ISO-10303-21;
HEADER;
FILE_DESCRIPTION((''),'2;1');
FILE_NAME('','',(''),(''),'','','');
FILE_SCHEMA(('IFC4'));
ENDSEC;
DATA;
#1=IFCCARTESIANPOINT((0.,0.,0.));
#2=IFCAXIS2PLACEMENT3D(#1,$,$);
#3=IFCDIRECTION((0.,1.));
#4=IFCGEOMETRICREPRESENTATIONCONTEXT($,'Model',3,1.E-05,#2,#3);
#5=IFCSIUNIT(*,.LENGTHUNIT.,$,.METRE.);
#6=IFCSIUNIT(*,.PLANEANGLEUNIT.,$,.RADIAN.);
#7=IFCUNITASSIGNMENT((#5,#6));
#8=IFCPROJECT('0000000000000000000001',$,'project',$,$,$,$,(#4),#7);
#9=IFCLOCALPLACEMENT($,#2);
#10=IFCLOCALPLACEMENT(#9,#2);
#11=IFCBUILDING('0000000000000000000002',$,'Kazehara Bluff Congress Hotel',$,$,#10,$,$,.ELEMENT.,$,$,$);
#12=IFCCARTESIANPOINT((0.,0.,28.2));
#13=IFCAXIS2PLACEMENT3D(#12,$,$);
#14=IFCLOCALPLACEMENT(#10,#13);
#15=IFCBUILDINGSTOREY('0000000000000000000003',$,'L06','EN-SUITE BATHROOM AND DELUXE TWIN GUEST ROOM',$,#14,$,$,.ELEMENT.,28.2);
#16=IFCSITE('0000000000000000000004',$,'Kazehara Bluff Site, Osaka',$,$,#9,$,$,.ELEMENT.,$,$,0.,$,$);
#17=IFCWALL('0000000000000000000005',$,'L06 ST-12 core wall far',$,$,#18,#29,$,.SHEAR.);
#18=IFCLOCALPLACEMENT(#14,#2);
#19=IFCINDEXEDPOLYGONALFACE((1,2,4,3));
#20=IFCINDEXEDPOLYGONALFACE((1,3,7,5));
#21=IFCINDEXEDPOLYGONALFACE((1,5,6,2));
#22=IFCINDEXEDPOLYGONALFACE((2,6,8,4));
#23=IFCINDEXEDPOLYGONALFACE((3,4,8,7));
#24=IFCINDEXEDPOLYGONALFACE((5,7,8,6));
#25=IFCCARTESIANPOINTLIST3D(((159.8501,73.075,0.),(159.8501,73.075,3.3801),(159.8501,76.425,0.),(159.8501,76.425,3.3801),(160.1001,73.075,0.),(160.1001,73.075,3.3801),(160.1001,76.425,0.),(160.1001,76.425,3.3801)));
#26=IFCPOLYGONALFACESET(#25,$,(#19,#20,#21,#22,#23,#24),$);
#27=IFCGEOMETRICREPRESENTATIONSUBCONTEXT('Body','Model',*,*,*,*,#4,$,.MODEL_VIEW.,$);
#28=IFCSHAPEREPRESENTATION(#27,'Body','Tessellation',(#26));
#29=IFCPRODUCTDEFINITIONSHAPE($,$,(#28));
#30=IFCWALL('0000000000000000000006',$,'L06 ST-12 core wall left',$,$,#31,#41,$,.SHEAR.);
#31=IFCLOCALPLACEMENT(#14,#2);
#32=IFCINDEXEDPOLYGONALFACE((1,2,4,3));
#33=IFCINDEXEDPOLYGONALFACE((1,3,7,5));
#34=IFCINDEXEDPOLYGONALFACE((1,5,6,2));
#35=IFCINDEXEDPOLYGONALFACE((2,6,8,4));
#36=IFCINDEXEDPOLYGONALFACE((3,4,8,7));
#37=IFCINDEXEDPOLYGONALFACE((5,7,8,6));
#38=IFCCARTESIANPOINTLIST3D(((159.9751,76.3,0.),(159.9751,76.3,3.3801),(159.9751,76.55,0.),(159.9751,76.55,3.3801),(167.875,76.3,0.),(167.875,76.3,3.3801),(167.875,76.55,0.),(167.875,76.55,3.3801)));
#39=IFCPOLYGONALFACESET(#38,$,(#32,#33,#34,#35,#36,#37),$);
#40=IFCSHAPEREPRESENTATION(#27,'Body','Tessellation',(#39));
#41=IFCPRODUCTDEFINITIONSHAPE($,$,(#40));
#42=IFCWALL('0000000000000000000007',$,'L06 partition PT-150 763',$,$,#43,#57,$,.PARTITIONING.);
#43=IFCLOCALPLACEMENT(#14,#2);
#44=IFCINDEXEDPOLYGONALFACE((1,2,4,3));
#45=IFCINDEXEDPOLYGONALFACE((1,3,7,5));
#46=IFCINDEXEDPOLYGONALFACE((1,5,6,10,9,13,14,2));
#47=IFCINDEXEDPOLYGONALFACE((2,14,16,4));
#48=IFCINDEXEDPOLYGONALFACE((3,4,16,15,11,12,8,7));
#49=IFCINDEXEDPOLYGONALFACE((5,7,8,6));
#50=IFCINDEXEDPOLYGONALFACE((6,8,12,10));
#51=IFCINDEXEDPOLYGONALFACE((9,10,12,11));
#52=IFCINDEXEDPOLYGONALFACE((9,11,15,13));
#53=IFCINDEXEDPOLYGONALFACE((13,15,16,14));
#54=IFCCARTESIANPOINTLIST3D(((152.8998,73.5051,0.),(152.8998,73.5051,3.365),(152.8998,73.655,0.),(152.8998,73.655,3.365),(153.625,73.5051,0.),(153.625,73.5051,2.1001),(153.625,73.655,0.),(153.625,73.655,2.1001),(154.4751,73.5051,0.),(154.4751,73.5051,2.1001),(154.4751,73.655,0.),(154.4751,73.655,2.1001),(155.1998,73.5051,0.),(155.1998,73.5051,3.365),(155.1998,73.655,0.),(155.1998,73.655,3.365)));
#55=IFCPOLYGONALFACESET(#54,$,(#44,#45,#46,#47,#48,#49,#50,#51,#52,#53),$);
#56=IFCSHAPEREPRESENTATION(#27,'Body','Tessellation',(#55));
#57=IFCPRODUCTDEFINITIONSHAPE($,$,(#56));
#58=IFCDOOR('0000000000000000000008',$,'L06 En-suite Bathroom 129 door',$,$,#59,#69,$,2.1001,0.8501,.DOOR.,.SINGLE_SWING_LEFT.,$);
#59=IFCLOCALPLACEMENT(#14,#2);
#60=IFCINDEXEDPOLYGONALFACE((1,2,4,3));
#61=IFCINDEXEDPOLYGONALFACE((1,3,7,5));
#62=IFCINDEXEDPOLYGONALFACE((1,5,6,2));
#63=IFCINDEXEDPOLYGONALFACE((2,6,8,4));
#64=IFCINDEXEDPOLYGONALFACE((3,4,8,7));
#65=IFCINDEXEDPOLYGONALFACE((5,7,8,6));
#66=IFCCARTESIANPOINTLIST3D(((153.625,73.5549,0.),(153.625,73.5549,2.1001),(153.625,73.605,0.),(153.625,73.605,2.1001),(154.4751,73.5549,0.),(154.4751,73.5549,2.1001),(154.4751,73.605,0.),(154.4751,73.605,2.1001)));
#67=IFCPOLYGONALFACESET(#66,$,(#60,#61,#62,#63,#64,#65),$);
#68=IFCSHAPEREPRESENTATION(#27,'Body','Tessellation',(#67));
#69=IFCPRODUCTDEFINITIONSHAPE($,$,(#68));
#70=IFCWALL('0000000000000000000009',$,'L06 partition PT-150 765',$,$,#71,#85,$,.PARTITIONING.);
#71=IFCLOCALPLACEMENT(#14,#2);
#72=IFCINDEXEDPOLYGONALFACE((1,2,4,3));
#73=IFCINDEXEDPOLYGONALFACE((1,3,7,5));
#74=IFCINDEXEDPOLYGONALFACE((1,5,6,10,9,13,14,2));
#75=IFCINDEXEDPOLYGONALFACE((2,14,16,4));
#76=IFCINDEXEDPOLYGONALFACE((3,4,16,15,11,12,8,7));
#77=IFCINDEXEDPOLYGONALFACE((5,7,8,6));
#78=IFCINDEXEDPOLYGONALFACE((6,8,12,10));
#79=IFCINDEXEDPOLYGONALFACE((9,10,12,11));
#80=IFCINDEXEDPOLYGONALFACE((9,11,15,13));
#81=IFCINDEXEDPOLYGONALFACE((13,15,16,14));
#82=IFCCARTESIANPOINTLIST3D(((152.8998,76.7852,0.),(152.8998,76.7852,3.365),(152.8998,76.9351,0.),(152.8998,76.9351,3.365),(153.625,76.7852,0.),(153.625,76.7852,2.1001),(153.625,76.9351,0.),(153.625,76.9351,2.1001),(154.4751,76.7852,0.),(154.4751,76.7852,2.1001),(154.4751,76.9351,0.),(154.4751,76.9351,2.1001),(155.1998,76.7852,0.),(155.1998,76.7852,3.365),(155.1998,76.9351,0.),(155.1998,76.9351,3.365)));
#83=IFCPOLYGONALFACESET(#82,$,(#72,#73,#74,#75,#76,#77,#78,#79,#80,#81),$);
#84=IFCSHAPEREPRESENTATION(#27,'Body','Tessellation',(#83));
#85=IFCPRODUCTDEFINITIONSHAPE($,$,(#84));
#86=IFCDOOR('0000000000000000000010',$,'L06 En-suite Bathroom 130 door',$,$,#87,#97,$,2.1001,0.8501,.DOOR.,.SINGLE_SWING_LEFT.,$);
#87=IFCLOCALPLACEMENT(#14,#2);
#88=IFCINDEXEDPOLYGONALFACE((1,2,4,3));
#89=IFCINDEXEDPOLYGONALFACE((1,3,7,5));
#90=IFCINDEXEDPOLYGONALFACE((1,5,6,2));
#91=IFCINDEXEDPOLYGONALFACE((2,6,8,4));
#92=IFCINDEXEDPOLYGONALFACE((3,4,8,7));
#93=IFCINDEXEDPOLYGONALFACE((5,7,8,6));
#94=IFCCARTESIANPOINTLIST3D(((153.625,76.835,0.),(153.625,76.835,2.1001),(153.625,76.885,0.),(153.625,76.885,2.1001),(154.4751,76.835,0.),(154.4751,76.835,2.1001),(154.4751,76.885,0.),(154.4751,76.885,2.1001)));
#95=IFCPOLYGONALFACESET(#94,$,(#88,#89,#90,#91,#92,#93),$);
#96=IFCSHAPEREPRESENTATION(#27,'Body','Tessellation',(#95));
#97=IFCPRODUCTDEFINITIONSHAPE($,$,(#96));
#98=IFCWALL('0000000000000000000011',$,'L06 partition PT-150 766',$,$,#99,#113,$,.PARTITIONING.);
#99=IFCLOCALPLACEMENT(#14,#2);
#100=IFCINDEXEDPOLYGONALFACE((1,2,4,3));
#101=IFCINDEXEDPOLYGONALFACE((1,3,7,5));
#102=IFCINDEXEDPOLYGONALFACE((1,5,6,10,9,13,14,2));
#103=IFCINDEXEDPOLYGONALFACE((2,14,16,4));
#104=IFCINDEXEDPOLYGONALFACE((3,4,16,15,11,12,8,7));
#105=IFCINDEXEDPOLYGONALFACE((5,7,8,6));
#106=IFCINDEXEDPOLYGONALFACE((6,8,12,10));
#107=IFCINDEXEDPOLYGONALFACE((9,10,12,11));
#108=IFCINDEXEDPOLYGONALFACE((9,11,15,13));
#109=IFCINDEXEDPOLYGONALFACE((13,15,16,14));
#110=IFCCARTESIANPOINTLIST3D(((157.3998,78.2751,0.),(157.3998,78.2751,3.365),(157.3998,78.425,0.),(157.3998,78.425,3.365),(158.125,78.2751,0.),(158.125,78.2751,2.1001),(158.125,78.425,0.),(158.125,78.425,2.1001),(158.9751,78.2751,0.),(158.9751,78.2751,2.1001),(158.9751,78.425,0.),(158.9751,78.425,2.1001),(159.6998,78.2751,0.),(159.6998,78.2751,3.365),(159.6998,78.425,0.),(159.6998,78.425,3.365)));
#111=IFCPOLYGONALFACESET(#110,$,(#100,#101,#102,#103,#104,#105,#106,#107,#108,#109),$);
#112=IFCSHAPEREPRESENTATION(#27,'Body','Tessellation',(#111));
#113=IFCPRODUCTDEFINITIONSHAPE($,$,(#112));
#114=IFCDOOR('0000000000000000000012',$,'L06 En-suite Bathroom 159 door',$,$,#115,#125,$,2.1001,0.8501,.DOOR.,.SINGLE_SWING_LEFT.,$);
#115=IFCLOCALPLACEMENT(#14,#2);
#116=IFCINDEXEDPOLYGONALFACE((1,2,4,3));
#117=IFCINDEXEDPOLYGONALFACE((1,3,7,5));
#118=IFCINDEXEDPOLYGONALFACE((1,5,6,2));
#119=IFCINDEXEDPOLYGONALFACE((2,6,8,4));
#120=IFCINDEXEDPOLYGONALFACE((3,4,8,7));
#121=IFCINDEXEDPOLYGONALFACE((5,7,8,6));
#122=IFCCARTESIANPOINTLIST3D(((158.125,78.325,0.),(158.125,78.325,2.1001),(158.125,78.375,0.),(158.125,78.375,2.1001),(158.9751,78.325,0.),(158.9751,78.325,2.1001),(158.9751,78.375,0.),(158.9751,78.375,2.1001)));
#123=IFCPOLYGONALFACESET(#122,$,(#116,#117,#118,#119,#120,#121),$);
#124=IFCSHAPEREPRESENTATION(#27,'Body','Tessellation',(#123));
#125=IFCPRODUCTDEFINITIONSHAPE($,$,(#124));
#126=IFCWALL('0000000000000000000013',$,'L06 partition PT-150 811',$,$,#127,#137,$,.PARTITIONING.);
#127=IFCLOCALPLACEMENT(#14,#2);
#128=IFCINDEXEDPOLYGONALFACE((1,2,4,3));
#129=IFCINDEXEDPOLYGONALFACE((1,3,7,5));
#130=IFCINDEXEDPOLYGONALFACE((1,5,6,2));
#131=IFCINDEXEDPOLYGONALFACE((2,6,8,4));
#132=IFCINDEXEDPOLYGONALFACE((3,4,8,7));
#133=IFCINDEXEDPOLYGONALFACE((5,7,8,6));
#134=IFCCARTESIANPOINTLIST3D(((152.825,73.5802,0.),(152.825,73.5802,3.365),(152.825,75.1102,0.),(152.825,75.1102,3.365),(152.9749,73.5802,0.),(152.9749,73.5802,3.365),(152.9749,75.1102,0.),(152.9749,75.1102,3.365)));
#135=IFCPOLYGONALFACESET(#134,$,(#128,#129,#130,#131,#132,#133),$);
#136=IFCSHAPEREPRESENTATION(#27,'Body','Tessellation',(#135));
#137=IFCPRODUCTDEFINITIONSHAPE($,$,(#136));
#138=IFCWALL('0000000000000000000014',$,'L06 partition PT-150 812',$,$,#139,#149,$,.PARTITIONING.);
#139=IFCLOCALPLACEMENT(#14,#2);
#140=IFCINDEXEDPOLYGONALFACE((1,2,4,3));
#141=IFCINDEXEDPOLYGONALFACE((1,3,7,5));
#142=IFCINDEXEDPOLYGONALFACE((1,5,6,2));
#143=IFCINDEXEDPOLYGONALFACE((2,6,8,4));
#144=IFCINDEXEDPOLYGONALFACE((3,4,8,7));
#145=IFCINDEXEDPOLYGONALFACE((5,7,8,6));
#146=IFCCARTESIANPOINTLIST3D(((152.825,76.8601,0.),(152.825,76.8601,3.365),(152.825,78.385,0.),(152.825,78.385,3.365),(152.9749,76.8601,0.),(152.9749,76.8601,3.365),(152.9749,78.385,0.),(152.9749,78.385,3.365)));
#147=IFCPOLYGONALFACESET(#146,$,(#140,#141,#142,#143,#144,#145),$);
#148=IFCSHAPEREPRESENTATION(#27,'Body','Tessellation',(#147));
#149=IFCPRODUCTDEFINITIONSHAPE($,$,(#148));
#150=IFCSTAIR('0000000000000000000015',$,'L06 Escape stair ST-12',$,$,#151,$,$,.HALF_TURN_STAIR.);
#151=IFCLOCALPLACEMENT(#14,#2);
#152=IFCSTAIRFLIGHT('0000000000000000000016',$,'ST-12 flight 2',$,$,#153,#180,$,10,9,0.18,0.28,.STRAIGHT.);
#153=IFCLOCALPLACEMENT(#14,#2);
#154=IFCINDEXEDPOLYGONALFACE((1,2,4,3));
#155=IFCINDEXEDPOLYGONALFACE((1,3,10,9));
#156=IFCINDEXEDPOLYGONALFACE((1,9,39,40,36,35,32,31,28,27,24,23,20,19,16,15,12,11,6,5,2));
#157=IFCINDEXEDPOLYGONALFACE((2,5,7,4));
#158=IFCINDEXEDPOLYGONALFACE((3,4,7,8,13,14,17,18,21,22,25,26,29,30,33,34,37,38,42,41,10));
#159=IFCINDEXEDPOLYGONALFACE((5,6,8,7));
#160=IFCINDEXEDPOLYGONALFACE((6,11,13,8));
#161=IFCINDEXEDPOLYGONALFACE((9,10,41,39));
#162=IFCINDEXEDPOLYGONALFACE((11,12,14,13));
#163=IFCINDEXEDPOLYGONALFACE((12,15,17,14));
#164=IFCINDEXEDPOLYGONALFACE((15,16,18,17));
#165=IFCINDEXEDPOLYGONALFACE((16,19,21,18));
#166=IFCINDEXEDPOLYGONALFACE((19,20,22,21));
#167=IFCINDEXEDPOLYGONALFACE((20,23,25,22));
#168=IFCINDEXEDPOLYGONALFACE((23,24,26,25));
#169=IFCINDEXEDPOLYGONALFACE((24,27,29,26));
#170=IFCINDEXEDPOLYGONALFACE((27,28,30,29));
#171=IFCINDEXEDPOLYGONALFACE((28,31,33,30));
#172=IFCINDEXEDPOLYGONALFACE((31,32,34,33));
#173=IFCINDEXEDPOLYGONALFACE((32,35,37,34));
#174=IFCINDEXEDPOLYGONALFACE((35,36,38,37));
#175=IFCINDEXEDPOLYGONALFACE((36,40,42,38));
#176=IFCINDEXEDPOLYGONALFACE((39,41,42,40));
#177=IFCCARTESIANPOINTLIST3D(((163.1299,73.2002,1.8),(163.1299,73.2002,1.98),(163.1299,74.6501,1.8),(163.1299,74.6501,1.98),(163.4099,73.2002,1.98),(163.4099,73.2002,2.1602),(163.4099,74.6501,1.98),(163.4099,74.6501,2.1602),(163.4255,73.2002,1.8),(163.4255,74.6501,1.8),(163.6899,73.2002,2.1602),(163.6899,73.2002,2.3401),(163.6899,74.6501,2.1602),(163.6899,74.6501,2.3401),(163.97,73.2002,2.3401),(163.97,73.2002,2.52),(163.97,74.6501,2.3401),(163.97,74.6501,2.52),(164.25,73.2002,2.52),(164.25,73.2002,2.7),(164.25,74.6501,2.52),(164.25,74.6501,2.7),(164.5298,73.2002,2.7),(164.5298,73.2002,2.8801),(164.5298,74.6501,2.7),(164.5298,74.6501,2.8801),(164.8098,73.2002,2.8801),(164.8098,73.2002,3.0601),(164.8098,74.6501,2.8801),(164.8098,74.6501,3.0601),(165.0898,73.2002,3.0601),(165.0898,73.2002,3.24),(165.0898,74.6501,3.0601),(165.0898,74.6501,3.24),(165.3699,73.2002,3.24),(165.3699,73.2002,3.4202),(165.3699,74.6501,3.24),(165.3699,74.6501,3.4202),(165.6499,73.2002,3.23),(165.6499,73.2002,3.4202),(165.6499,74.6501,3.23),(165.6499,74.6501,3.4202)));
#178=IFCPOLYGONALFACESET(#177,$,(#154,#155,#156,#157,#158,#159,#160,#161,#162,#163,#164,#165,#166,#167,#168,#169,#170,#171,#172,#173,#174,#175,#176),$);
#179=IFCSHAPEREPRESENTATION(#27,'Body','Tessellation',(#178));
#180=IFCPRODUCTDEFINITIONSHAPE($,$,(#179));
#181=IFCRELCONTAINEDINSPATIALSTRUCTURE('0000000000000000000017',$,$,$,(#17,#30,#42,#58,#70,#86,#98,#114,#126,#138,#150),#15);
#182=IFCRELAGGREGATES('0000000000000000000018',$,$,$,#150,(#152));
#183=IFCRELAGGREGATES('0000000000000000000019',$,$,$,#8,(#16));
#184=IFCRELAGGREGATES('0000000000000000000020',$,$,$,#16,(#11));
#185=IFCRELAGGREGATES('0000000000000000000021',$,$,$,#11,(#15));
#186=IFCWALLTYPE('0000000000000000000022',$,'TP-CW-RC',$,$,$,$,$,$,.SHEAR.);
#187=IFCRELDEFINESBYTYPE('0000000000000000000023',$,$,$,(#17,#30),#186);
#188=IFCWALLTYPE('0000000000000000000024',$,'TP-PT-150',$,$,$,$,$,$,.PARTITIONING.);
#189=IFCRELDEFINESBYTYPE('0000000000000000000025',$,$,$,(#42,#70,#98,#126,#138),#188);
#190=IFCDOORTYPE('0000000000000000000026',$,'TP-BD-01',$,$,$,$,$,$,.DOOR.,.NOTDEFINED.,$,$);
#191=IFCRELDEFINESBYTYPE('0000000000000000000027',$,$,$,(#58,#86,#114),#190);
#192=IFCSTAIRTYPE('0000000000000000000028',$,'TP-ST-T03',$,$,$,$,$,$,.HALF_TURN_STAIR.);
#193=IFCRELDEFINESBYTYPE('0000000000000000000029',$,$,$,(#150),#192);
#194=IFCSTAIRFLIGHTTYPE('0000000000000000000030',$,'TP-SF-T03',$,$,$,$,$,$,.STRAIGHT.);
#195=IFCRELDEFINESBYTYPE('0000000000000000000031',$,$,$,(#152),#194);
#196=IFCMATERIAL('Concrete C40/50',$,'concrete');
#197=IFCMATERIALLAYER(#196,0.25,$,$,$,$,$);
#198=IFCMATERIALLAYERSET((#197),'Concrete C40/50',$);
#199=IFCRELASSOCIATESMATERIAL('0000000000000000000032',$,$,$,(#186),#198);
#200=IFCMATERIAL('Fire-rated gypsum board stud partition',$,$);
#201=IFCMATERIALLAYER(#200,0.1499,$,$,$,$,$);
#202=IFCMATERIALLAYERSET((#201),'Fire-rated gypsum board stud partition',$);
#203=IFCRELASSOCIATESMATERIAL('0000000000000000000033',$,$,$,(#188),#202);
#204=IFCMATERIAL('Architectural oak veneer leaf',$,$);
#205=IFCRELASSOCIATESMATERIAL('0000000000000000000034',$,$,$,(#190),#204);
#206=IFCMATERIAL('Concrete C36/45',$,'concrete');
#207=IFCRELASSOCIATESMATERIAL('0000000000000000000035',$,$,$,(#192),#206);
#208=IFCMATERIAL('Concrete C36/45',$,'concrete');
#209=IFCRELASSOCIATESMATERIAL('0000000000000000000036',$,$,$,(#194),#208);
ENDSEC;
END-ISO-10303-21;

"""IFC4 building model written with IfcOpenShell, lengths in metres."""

from ifc_helpers import new_model, si_unit, direction, frame, frame_2d, origin, place, context, subcontext, project, spatial, polyline, rectangle, outline, extrude, material, layer, layer_set, type_object, element, fill, aggregate, save


model = new_model("IFC4")

# Units and contexts
model_context = context("Model", 3, precision=1e-05, world=origin(), true_north=direction((0.0, 1.0)))
body_context = subcontext(model_context, "Body", "Model", "MODEL_VIEW")
ifc_project = project(units=[si_unit("LENGTHUNIT", "METRE"), si_unit("PLANEANGLEUNIT", "RADIAN")], contexts=[model_context])

# Site, building, storey
site_placement = place(None, origin())
site = spatial("IfcSite", under=ifc_project, at=site_placement, Name="Kazehara Bluff Site, Osaka", CompositionType="ELEMENT", RefElevation=0.0)
building_placement = place(site_placement, origin())
building = spatial("IfcBuilding", under=site, at=building_placement, Name="Kazehara Bluff Congress Hotel", CompositionType="ELEMENT")
storey_placement = place(building_placement, frame((0.0, 0.0, 28.2)))
storey = spatial("IfcBuildingStorey", under=building, at=storey_placement, Name="L06", Description="EN-SUITE BATHROOM AND DELUXE TWIN GUEST ROOM", CompositionType="ELEMENT", Elevation=28.2)

# Walls
ifc_material_1 = material(Name="Concrete C40/50", Category="concrete")
ifc_layer_1 = layer(ifc_material_1, 0.25)
ifc_layer_set_1 = layer_set([ifc_layer_1], Name="Concrete C40/50")
wall_type_1 = type_object("IfcWallType", Name="TP-CW-RC", PredefinedType="SHEAR", material=ifc_layer_set_1)
wall_1_placement = place(storey_placement, frame((159.9751, 73.075, 0.0), z_axis=(0.0, 0.0, 1.0), x_axis=(0.0, 1.0, 0.0)))
element("IfcWall", 1, at=wall_1_placement, inside=storey, type_object=wall_type_1, Name="L06 ST-12 core wall far", PredefinedType="SHEAR", context=body_context, shape_type="SweptSolid", body=[
    extrude(rectangle(XDim=3.3501, YDim=0.25, at=frame_2d((1.675, 0.0))), origin(), (0.0, 0.0, 1.0), 3.3801),
])
wall_2_placement = place(storey_placement, frame((159.9751, 76.425, 0.0), z_axis=(0.0, 0.0, 1.0), x_axis=(1.0, 0.0, 0.0)))
element("IfcWall", 2, at=wall_2_placement, inside=storey, type_object=wall_type_1, Name="L06 ST-12 core wall left", PredefinedType="SHEAR", context=body_context, shape_type="SweptSolid", body=[
    extrude(rectangle(XDim=7.8999, YDim=0.25, at=frame_2d((3.95, 0.0))), origin(), (0.0, 0.0, 1.0), 3.3801),
])

# Walls, openings, doors
ifc_material_2 = material(Name="Fire-rated gypsum board stud partition")
ifc_layer_2 = layer(ifc_material_2, 0.1499)
ifc_layer_set_2 = layer_set([ifc_layer_2], Name="Fire-rated gypsum board stud partition")
wall_type_2 = type_object("IfcWallType", Name="TP-PT-150", PredefinedType="PARTITIONING", material=ifc_layer_set_2)
wall_3_placement = place(storey_placement, frame((152.8999, 73.5801, 0.0), z_axis=(0.0, 0.0, 1.0), x_axis=(1.0, 0.0, 0.0)))
wall_3 = element("IfcWall", 3, at=wall_3_placement, inside=storey, type_object=wall_type_2, Name="L06 partition PT-150 763", PredefinedType="PARTITIONING", context=body_context, shape_type="SweptSolid", body=[
    extrude(rectangle(XDim=2.3, YDim=0.1499, at=frame_2d((1.1499, 0.0))), origin(), (0.0, 0.0, 1.0), 3.365),
])
opening_1_placement = place(wall_3_placement, frame((0.7251, 0.0, 0.0)))
opening_1 = element("IfcOpeningElement", 4, at=opening_1_placement, cuts=wall_3, PredefinedType="OPENING", context=body_context, shape_type="SweptSolid", body=[
    extrude(rectangle(XDim=0.8501, YDim=2.1001, at=frame_2d((0.425, 1.05))), frame((0.0, 0.085, 0.0), z_axis=(0.0, -1.0, 0.0), x_axis=(1.0, 0.0, 0.0)), (0.0, 0.0, 1.0), 0.1699),
])
ifc_material_3 = material(Name="Architectural oak veneer leaf")
door_type_1 = type_object("IfcDoorType", Name="TP-BD-01", OperationType="NOTDEFINED", PredefinedType="DOOR", material=ifc_material_3)
door_1_placement = place(opening_1_placement, origin())
door_1 = element("IfcDoor", 5, at=door_1_placement, inside=storey, type_object=door_type_1, Name="L06 En-suite Bathroom 129 door", OperationType="SINGLE_SWING_LEFT", OverallHeight=2.1001, OverallWidth=0.8501, PredefinedType="DOOR", context=body_context, shape_type="SweptSolid", body=[
    extrude(rectangle(XDim=0.8501, YDim=2.1001, at=frame_2d((0.425, 1.05))), frame((0.0, 0.0249, 0.0), z_axis=(0.0, -1.0, 0.0), x_axis=(1.0, 0.0, 0.0)), (0.0, 0.0, 1.0), 0.05),
])
fill(opening_1, door_1)
wall_4_placement = place(storey_placement, frame((152.8999, 76.8601, 0.0), z_axis=(0.0, 0.0, 1.0), x_axis=(1.0, 0.0, 0.0)))
wall_4 = element("IfcWall", 6, at=wall_4_placement, inside=storey, type_object=wall_type_2, Name="L06 partition PT-150 765", PredefinedType="PARTITIONING", context=body_context, shape_type="SweptSolid", body=[
    extrude(rectangle(XDim=2.3, YDim=0.1499, at=frame_2d((1.1499, 0.0))), origin(), (0.0, 0.0, 1.0), 3.365),
])
opening_2_placement = place(wall_4_placement, frame((0.7251, 0.0, 0.0)))
opening_2 = element("IfcOpeningElement", 7, at=opening_2_placement, cuts=wall_4, PredefinedType="OPENING", context=body_context, shape_type="SweptSolid", body=[
    extrude(rectangle(XDim=0.8501, YDim=2.1001, at=frame_2d((0.425, 1.05))), frame((0.0, 0.085, 0.0), z_axis=(0.0, -1.0, 0.0), x_axis=(1.0, 0.0, 0.0)), (0.0, 0.0, 1.0), 0.1699),
])
door_2_placement = place(opening_2_placement, origin())
door_2 = element("IfcDoor", 8, at=door_2_placement, inside=storey, type_object=door_type_1, Name="L06 En-suite Bathroom 130 door", OperationType="SINGLE_SWING_LEFT", OverallHeight=2.1001, OverallWidth=0.8501, PredefinedType="DOOR", context=body_context, shape_type="SweptSolid", body=[
    extrude(rectangle(XDim=0.8501, YDim=2.1001, at=frame_2d((0.425, 1.05))), frame((0.0, 0.0249, 0.0), z_axis=(0.0, -1.0, 0.0), x_axis=(1.0, 0.0, 0.0)), (0.0, 0.0, 1.0), 0.05),
])
fill(opening_2, door_2)
wall_5_placement = place(storey_placement, frame((157.3999, 78.3501, 0.0), z_axis=(0.0, 0.0, 1.0), x_axis=(1.0, 0.0, 0.0)))
wall_5 = element("IfcWall", 9, at=wall_5_placement, inside=storey, type_object=wall_type_2, Name="L06 partition PT-150 766", PredefinedType="PARTITIONING", context=body_context, shape_type="SweptSolid", body=[
    extrude(rectangle(XDim=2.3, YDim=0.1499, at=frame_2d((1.1499, 0.0))), origin(), (0.0, 0.0, 1.0), 3.365),
])
opening_3_placement = place(wall_5_placement, frame((0.7251, 0.0, 0.0)))
opening_3 = element("IfcOpeningElement", 10, at=opening_3_placement, cuts=wall_5, PredefinedType="OPENING", context=body_context, shape_type="SweptSolid", body=[
    extrude(rectangle(XDim=0.8501, YDim=2.1001, at=frame_2d((0.425, 1.05))), frame((0.0, 0.085, 0.0), z_axis=(0.0, -1.0, 0.0), x_axis=(1.0, 0.0, 0.0)), (0.0, 0.0, 1.0), 0.1699),
])
door_3_placement = place(opening_3_placement, origin())
door_3 = element("IfcDoor", 11, at=door_3_placement, inside=storey, type_object=door_type_1, Name="L06 En-suite Bathroom 159 door", OperationType="SINGLE_SWING_LEFT", OverallHeight=2.1001, OverallWidth=0.8501, PredefinedType="DOOR", context=body_context, shape_type="SweptSolid", body=[
    extrude(rectangle(XDim=0.8501, YDim=2.1001, at=frame_2d((0.425, 1.05))), frame((0.0, 0.0249, 0.0), z_axis=(0.0, -1.0, 0.0), x_axis=(1.0, 0.0, 0.0)), (0.0, 0.0, 1.0), 0.05),
])
fill(opening_3, door_3)

# Walls
wall_6_placement = place(storey_placement, frame((152.8999, 73.5801, 0.0), z_axis=(0.0, 0.0, 1.0), x_axis=(0.0, 1.0, 0.0)))
element("IfcWall", 12, at=wall_6_placement, inside=storey, type_object=wall_type_2, Name="L06 partition PT-150 811", PredefinedType="PARTITIONING", context=body_context, shape_type="SweptSolid", body=[
    extrude(rectangle(XDim=1.53, YDim=0.1499, at=frame_2d((0.7651, 0.0))), origin(), (0.0, 0.0, 1.0), 3.365),
])
wall_7_placement = place(storey_placement, frame((152.8999, 76.8601, 0.0), z_axis=(0.0, 0.0, 1.0), x_axis=(0.0, 1.0, 0.0)))
element("IfcWall", 13, at=wall_7_placement, inside=storey, type_object=wall_type_2, Name="L06 partition PT-150 812", PredefinedType="PARTITIONING", context=body_context, shape_type="SweptSolid", body=[
    extrude(rectangle(XDim=1.5249, YDim=0.1499, at=frame_2d((0.7625, 0.0))), origin(), (0.0, 0.0, 1.0), 3.365),
])

# Stair, stair flight
ifc_material_4 = material(Name="Concrete C36/45", Category="concrete")
stair_type = type_object("IfcStairType", Name="TP-ST-T03", PredefinedType="HALF_TURN_STAIR", material=ifc_material_4)
stair_placement = place(storey_placement, origin())
stair = element("IfcStair", 14, at=stair_placement, inside=storey, type_object=stair_type, Name="L06 Escape stair ST-12", PredefinedType="HALF_TURN_STAIR")
ifc_material_5 = material(Name="Concrete C36/45", Category="concrete")
stair_flight_type = type_object("IfcStairFlightType", Name="TP-SF-T03", PredefinedType="STRAIGHT", material=ifc_material_5)
stair_flight_placement = place(storey_placement, frame((163.1299, 73.925, 1.8), z_axis=(0.0, 0.0, 1.0), x_axis=(1.0, 0.0, 0.0)))
stair_flight = element("IfcStairFlight", 15, at=stair_flight_placement, type_object=stair_flight_type, Name="ST-12 flight 2", NumberOfRisers=10, NumberOfTreads=9, PredefinedType="STRAIGHT", RiserHeight=0.18, TreadLength=0.28, context=body_context, shape_type="SweptSolid", body=[
    extrude(outline(polyline([(0.0, 0.0), (0.0, 0.1799), (0.28, 0.1799), (0.28, 0.3601), (0.5601, 0.3601), (0.5601, 0.54), (0.8401, 0.54), (0.8401, 0.72), (1.1201, 0.72), (1.1201, 0.8999), (1.3999, 0.8999), (1.3999, 1.0801), (1.6799, 1.0801), (1.6799, 1.26), (1.96, 1.26), (1.96, 1.4399), (2.24, 1.4399), (2.24, 1.6201), (2.52, 1.6201), (2.52, 1.8), (2.52, 1.4299), (0.2957, 0.0), (0.0, 0.0)])), frame((0.0, 0.7251, 0.0), z_axis=(0.0, -1.0, 0.0), x_axis=(1.0, 0.0, 0.0)), (0.0, 0.0, 1.0), 1.45),
])
aggregate(stair, [stair_flight])

save(model, "model.ifc")
